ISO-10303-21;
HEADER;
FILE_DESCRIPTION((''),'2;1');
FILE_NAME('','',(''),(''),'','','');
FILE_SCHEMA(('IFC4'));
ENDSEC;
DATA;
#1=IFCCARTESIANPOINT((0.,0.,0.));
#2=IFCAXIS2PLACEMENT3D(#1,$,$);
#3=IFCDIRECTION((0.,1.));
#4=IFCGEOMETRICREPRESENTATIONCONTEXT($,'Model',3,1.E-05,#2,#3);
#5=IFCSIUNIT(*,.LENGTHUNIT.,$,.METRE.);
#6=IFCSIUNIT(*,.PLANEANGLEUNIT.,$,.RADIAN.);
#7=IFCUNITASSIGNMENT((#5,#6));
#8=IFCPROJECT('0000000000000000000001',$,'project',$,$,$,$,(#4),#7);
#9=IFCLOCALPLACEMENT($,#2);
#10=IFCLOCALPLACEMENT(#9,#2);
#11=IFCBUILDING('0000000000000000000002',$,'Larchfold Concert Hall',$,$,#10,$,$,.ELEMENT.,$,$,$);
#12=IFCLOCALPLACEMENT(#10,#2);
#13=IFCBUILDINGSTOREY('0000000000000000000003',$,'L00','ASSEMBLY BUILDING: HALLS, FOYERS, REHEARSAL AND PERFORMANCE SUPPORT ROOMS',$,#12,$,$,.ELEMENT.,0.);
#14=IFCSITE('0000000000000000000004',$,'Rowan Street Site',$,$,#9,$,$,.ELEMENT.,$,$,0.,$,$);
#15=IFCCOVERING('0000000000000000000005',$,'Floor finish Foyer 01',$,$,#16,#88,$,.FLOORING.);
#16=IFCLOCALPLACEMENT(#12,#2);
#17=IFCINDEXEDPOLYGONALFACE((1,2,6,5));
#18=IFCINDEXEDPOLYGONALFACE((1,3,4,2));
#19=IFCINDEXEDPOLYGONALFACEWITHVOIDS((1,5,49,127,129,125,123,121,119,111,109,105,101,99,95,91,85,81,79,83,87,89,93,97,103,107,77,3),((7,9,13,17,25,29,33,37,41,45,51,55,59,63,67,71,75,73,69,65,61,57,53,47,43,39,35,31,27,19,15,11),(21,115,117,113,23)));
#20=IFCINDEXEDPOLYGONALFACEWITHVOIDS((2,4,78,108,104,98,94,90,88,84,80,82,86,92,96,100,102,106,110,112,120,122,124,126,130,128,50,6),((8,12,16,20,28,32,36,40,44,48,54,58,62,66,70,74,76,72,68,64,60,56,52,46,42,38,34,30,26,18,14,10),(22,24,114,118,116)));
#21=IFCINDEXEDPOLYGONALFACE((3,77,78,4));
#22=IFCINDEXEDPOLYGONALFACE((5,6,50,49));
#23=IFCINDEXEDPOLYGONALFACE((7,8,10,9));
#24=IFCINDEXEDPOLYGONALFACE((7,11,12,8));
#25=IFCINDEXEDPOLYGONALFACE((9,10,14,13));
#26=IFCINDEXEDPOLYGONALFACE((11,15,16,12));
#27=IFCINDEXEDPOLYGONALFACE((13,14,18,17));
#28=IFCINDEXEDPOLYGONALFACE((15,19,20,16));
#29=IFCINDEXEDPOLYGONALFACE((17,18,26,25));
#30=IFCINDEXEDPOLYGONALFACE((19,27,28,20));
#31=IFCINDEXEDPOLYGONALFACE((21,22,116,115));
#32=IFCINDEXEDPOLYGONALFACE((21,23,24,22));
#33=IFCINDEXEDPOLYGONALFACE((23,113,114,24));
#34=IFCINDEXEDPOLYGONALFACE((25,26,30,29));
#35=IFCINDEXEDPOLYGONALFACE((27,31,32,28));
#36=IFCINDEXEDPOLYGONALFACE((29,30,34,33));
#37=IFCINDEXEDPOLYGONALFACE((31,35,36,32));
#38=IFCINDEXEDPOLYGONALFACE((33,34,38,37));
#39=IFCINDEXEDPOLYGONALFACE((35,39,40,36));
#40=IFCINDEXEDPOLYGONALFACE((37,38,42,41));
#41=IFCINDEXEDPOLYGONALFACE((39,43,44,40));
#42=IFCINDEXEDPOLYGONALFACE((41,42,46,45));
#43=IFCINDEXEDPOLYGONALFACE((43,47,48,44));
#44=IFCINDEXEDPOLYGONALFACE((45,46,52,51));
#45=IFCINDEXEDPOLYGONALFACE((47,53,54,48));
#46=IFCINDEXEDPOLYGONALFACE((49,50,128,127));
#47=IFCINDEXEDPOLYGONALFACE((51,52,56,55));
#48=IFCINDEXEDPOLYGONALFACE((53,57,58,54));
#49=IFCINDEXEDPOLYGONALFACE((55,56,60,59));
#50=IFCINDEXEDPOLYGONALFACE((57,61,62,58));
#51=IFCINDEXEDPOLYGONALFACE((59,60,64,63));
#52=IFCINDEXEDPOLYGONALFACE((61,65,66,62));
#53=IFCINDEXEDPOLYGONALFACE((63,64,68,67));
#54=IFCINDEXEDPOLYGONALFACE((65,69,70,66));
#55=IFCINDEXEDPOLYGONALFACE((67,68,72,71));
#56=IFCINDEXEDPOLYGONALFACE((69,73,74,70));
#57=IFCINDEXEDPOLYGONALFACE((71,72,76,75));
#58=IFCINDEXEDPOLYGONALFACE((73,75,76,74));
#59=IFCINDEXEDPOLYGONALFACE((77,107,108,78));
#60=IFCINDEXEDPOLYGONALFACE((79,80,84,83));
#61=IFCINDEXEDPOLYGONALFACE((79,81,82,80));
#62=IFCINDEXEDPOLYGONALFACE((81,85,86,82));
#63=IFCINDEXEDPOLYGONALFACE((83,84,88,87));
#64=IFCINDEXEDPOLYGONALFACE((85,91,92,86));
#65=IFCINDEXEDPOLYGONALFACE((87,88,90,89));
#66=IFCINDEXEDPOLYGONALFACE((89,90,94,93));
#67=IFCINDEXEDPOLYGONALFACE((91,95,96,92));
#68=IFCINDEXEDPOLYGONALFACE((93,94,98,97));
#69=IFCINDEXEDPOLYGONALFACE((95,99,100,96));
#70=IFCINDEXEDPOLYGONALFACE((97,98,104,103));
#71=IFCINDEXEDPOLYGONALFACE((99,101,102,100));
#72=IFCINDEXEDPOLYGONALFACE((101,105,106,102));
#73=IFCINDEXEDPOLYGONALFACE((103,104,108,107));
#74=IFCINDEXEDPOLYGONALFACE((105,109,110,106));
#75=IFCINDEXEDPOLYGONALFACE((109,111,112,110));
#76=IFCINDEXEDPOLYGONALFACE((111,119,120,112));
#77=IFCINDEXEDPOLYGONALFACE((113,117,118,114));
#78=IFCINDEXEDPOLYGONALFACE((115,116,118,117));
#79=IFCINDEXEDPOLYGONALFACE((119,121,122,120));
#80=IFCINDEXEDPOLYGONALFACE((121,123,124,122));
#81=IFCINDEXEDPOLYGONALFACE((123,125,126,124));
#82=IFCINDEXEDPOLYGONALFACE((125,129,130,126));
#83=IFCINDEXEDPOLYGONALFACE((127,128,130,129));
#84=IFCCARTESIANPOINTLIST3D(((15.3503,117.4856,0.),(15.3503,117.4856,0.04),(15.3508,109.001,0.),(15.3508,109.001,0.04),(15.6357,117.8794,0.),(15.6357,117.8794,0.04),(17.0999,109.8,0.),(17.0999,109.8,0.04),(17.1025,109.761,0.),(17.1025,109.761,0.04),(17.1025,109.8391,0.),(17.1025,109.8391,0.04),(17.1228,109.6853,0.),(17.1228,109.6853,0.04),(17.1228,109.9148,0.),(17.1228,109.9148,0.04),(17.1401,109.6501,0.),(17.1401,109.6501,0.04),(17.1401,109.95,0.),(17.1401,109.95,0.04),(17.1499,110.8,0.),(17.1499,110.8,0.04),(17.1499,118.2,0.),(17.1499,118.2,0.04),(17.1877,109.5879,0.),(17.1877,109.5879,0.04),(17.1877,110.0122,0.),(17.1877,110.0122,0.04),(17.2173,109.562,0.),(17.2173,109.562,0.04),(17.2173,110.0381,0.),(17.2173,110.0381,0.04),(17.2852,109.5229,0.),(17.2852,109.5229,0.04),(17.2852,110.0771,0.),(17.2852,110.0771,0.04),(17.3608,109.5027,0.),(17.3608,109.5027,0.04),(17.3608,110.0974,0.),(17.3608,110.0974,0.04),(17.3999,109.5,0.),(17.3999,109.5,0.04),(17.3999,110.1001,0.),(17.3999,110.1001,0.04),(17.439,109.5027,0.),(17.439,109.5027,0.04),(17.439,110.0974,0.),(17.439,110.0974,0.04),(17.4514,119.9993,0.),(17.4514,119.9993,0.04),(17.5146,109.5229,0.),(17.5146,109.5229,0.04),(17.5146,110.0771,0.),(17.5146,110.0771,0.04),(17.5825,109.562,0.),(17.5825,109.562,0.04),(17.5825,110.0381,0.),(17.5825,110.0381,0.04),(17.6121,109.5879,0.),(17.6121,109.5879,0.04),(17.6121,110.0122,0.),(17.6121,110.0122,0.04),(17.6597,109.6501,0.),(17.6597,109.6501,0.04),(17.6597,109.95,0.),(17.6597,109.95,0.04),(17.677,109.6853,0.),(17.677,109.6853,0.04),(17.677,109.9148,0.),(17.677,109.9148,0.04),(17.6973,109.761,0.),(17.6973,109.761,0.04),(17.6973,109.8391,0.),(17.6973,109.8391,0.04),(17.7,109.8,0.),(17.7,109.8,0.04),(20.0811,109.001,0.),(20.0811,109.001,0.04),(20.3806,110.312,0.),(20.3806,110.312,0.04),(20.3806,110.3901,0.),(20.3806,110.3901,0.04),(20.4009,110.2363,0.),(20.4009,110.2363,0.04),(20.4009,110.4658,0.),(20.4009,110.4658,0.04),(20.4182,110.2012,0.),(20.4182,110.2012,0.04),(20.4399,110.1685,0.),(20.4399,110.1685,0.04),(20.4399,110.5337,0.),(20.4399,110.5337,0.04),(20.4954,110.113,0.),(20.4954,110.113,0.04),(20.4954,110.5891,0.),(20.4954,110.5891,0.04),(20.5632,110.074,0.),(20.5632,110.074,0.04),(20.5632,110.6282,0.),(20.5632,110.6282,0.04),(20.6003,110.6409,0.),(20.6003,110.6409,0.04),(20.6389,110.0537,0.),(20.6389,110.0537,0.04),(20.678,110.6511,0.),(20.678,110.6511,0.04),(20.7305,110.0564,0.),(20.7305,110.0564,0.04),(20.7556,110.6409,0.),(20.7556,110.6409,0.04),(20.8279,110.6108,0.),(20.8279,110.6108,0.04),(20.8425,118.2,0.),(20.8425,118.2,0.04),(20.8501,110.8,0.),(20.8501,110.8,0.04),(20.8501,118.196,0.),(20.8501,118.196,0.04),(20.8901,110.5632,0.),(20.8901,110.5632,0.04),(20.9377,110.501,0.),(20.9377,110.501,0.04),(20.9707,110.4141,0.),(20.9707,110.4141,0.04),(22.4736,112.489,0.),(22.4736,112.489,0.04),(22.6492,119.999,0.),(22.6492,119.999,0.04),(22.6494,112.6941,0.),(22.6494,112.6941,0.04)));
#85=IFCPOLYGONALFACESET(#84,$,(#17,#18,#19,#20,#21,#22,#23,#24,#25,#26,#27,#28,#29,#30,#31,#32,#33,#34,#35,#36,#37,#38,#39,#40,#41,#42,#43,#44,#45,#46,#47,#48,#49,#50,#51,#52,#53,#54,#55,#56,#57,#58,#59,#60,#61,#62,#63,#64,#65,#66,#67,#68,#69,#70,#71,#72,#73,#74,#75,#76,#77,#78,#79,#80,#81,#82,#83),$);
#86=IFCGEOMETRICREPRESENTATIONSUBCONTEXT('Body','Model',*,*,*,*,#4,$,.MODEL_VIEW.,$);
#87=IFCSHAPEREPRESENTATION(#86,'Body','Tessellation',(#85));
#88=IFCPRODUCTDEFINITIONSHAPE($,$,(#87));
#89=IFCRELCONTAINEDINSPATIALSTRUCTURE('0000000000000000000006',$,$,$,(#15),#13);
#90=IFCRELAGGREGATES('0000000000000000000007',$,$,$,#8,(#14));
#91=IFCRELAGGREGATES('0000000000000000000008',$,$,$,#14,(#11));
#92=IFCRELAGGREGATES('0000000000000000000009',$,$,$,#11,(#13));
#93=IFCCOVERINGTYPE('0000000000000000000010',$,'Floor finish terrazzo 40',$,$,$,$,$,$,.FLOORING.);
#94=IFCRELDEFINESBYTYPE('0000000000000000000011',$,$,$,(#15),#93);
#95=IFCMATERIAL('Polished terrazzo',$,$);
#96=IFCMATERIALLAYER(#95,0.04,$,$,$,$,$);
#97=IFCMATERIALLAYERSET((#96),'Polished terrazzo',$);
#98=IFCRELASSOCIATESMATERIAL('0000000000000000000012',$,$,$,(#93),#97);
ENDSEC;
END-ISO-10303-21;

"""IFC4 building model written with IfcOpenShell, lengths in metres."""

from ifc_helpers import new_model, si_unit, direction, origin, place, context, subcontext, project, spatial, polyline, outline, extrude, material, layer, layer_set, type_object, element, save


model = new_model("IFC4")

# Units and contexts
model_context = context("Model", 3, precision=1e-05, world=origin(), true_north=direction((0.0, 1.0)))
body_context = subcontext(model_context, "Body", "Model", "MODEL_VIEW")
ifc_project = project(units=[si_unit("LENGTHUNIT", "METRE"), si_unit("PLANEANGLEUNIT", "RADIAN")], contexts=[model_context])

# Site, building, storey
site_placement = place(None, origin())
site = spatial("IfcSite", under=ifc_project, at=site_placement, Name="Rowan Street Site", CompositionType="ELEMENT", RefElevation=0.0)
building_placement = place(site_placement, origin())
building = spatial("IfcBuilding", under=site, at=building_placement, Name="Larchfold Concert Hall", CompositionType="ELEMENT")
storey_placement = place(building_placement, origin())
storey = spatial("IfcBuildingStorey", under=building, at=storey_placement, Name="L00", Description="ASSEMBLY BUILDING: HALLS, FOYERS, REHEARSAL AND PERFORMANCE SUPPORT ROOMS", CompositionType="ELEMENT", Elevation=0.0)

# Covering
ifc_material_1 = material(Name="Polished terrazzo")
ifc_layer_1 = layer(ifc_material_1, 0.04)
ifc_layer_set_1 = layer_set([ifc_layer_1], Name="Polished terrazzo")
covering_type_1 = type_object("IfcCoveringType", Name="Floor finish terrazzo 40", PredefinedType="FLOORING", material=ifc_layer_set_1)
covering_1_placement = place(storey_placement, origin())
element("IfcCovering", 1, at=covering_1_placement, inside=storey, type_object=covering_type_1, Name="Floor finish Foyer 01", PredefinedType="FLOORING", context=body_context, shape_type="SweptSolid", body=[
    extrude(outline(polyline([(15.6357, 117.8794), (15.3503, 117.4856), (15.3508, 109.001), (20.0811, 109.001), (20.7305, 110.0564), (20.6389, 110.0537), (20.5632, 110.074), (20.4954, 110.113), (20.4399, 110.1685), (20.4182, 110.2012), (20.4009, 110.2363), (20.3806, 110.312), (20.3806, 110.3901), (20.4009, 110.4658), (20.4399, 110.5337), (20.4954, 110.5891), (20.5632, 110.6282), (20.6003, 110.6409), (20.678, 110.6511), (20.7556, 110.6409), (20.8279, 110.6108), (20.8901, 110.5632), (20.9377, 110.501), (20.9707, 110.4141), (22.4736, 112.489), (22.6494, 112.6941), (22.6492, 119.999), (17.4514, 119.9993), (15.6357, 117.8794)]), holes=[polyline([(17.1499, 110.8), (17.1499, 118.2), (20.8425, 118.2), (20.8501, 118.196), (20.8501, 110.8), (17.1499, 110.8)]), polyline([(17.1877, 109.5879), (17.1401, 109.6501), (17.1228, 109.6853), (17.1025, 109.761), (17.0999, 109.8), (17.1025, 109.8391), (17.1228, 109.9148), (17.1401, 109.95), (17.1877, 110.0122), (17.2173, 110.0381), (17.2852, 110.0771), (17.3608, 110.0974), (17.3999, 110.1001), (17.439, 110.0974), (17.5146, 110.0771), (17.5825, 110.0381), (17.6121, 110.0122), (17.6597, 109.95), (17.677, 109.9148), (17.6973, 109.8391), (17.7, 109.8), (17.6973, 109.761), (17.677, 109.6853), (17.6597, 109.6501), (17.6121, 109.5879), (17.5825, 109.562), (17.5146, 109.5229), (17.439, 109.5027), (17.3999, 109.5), (17.3608, 109.5027), (17.2852, 109.5229), (17.2173, 109.562), (17.1877, 109.5879)])]), origin(), (0.0, 0.0, 1.0), 0.04),
])

save(model, "model.ifc")
